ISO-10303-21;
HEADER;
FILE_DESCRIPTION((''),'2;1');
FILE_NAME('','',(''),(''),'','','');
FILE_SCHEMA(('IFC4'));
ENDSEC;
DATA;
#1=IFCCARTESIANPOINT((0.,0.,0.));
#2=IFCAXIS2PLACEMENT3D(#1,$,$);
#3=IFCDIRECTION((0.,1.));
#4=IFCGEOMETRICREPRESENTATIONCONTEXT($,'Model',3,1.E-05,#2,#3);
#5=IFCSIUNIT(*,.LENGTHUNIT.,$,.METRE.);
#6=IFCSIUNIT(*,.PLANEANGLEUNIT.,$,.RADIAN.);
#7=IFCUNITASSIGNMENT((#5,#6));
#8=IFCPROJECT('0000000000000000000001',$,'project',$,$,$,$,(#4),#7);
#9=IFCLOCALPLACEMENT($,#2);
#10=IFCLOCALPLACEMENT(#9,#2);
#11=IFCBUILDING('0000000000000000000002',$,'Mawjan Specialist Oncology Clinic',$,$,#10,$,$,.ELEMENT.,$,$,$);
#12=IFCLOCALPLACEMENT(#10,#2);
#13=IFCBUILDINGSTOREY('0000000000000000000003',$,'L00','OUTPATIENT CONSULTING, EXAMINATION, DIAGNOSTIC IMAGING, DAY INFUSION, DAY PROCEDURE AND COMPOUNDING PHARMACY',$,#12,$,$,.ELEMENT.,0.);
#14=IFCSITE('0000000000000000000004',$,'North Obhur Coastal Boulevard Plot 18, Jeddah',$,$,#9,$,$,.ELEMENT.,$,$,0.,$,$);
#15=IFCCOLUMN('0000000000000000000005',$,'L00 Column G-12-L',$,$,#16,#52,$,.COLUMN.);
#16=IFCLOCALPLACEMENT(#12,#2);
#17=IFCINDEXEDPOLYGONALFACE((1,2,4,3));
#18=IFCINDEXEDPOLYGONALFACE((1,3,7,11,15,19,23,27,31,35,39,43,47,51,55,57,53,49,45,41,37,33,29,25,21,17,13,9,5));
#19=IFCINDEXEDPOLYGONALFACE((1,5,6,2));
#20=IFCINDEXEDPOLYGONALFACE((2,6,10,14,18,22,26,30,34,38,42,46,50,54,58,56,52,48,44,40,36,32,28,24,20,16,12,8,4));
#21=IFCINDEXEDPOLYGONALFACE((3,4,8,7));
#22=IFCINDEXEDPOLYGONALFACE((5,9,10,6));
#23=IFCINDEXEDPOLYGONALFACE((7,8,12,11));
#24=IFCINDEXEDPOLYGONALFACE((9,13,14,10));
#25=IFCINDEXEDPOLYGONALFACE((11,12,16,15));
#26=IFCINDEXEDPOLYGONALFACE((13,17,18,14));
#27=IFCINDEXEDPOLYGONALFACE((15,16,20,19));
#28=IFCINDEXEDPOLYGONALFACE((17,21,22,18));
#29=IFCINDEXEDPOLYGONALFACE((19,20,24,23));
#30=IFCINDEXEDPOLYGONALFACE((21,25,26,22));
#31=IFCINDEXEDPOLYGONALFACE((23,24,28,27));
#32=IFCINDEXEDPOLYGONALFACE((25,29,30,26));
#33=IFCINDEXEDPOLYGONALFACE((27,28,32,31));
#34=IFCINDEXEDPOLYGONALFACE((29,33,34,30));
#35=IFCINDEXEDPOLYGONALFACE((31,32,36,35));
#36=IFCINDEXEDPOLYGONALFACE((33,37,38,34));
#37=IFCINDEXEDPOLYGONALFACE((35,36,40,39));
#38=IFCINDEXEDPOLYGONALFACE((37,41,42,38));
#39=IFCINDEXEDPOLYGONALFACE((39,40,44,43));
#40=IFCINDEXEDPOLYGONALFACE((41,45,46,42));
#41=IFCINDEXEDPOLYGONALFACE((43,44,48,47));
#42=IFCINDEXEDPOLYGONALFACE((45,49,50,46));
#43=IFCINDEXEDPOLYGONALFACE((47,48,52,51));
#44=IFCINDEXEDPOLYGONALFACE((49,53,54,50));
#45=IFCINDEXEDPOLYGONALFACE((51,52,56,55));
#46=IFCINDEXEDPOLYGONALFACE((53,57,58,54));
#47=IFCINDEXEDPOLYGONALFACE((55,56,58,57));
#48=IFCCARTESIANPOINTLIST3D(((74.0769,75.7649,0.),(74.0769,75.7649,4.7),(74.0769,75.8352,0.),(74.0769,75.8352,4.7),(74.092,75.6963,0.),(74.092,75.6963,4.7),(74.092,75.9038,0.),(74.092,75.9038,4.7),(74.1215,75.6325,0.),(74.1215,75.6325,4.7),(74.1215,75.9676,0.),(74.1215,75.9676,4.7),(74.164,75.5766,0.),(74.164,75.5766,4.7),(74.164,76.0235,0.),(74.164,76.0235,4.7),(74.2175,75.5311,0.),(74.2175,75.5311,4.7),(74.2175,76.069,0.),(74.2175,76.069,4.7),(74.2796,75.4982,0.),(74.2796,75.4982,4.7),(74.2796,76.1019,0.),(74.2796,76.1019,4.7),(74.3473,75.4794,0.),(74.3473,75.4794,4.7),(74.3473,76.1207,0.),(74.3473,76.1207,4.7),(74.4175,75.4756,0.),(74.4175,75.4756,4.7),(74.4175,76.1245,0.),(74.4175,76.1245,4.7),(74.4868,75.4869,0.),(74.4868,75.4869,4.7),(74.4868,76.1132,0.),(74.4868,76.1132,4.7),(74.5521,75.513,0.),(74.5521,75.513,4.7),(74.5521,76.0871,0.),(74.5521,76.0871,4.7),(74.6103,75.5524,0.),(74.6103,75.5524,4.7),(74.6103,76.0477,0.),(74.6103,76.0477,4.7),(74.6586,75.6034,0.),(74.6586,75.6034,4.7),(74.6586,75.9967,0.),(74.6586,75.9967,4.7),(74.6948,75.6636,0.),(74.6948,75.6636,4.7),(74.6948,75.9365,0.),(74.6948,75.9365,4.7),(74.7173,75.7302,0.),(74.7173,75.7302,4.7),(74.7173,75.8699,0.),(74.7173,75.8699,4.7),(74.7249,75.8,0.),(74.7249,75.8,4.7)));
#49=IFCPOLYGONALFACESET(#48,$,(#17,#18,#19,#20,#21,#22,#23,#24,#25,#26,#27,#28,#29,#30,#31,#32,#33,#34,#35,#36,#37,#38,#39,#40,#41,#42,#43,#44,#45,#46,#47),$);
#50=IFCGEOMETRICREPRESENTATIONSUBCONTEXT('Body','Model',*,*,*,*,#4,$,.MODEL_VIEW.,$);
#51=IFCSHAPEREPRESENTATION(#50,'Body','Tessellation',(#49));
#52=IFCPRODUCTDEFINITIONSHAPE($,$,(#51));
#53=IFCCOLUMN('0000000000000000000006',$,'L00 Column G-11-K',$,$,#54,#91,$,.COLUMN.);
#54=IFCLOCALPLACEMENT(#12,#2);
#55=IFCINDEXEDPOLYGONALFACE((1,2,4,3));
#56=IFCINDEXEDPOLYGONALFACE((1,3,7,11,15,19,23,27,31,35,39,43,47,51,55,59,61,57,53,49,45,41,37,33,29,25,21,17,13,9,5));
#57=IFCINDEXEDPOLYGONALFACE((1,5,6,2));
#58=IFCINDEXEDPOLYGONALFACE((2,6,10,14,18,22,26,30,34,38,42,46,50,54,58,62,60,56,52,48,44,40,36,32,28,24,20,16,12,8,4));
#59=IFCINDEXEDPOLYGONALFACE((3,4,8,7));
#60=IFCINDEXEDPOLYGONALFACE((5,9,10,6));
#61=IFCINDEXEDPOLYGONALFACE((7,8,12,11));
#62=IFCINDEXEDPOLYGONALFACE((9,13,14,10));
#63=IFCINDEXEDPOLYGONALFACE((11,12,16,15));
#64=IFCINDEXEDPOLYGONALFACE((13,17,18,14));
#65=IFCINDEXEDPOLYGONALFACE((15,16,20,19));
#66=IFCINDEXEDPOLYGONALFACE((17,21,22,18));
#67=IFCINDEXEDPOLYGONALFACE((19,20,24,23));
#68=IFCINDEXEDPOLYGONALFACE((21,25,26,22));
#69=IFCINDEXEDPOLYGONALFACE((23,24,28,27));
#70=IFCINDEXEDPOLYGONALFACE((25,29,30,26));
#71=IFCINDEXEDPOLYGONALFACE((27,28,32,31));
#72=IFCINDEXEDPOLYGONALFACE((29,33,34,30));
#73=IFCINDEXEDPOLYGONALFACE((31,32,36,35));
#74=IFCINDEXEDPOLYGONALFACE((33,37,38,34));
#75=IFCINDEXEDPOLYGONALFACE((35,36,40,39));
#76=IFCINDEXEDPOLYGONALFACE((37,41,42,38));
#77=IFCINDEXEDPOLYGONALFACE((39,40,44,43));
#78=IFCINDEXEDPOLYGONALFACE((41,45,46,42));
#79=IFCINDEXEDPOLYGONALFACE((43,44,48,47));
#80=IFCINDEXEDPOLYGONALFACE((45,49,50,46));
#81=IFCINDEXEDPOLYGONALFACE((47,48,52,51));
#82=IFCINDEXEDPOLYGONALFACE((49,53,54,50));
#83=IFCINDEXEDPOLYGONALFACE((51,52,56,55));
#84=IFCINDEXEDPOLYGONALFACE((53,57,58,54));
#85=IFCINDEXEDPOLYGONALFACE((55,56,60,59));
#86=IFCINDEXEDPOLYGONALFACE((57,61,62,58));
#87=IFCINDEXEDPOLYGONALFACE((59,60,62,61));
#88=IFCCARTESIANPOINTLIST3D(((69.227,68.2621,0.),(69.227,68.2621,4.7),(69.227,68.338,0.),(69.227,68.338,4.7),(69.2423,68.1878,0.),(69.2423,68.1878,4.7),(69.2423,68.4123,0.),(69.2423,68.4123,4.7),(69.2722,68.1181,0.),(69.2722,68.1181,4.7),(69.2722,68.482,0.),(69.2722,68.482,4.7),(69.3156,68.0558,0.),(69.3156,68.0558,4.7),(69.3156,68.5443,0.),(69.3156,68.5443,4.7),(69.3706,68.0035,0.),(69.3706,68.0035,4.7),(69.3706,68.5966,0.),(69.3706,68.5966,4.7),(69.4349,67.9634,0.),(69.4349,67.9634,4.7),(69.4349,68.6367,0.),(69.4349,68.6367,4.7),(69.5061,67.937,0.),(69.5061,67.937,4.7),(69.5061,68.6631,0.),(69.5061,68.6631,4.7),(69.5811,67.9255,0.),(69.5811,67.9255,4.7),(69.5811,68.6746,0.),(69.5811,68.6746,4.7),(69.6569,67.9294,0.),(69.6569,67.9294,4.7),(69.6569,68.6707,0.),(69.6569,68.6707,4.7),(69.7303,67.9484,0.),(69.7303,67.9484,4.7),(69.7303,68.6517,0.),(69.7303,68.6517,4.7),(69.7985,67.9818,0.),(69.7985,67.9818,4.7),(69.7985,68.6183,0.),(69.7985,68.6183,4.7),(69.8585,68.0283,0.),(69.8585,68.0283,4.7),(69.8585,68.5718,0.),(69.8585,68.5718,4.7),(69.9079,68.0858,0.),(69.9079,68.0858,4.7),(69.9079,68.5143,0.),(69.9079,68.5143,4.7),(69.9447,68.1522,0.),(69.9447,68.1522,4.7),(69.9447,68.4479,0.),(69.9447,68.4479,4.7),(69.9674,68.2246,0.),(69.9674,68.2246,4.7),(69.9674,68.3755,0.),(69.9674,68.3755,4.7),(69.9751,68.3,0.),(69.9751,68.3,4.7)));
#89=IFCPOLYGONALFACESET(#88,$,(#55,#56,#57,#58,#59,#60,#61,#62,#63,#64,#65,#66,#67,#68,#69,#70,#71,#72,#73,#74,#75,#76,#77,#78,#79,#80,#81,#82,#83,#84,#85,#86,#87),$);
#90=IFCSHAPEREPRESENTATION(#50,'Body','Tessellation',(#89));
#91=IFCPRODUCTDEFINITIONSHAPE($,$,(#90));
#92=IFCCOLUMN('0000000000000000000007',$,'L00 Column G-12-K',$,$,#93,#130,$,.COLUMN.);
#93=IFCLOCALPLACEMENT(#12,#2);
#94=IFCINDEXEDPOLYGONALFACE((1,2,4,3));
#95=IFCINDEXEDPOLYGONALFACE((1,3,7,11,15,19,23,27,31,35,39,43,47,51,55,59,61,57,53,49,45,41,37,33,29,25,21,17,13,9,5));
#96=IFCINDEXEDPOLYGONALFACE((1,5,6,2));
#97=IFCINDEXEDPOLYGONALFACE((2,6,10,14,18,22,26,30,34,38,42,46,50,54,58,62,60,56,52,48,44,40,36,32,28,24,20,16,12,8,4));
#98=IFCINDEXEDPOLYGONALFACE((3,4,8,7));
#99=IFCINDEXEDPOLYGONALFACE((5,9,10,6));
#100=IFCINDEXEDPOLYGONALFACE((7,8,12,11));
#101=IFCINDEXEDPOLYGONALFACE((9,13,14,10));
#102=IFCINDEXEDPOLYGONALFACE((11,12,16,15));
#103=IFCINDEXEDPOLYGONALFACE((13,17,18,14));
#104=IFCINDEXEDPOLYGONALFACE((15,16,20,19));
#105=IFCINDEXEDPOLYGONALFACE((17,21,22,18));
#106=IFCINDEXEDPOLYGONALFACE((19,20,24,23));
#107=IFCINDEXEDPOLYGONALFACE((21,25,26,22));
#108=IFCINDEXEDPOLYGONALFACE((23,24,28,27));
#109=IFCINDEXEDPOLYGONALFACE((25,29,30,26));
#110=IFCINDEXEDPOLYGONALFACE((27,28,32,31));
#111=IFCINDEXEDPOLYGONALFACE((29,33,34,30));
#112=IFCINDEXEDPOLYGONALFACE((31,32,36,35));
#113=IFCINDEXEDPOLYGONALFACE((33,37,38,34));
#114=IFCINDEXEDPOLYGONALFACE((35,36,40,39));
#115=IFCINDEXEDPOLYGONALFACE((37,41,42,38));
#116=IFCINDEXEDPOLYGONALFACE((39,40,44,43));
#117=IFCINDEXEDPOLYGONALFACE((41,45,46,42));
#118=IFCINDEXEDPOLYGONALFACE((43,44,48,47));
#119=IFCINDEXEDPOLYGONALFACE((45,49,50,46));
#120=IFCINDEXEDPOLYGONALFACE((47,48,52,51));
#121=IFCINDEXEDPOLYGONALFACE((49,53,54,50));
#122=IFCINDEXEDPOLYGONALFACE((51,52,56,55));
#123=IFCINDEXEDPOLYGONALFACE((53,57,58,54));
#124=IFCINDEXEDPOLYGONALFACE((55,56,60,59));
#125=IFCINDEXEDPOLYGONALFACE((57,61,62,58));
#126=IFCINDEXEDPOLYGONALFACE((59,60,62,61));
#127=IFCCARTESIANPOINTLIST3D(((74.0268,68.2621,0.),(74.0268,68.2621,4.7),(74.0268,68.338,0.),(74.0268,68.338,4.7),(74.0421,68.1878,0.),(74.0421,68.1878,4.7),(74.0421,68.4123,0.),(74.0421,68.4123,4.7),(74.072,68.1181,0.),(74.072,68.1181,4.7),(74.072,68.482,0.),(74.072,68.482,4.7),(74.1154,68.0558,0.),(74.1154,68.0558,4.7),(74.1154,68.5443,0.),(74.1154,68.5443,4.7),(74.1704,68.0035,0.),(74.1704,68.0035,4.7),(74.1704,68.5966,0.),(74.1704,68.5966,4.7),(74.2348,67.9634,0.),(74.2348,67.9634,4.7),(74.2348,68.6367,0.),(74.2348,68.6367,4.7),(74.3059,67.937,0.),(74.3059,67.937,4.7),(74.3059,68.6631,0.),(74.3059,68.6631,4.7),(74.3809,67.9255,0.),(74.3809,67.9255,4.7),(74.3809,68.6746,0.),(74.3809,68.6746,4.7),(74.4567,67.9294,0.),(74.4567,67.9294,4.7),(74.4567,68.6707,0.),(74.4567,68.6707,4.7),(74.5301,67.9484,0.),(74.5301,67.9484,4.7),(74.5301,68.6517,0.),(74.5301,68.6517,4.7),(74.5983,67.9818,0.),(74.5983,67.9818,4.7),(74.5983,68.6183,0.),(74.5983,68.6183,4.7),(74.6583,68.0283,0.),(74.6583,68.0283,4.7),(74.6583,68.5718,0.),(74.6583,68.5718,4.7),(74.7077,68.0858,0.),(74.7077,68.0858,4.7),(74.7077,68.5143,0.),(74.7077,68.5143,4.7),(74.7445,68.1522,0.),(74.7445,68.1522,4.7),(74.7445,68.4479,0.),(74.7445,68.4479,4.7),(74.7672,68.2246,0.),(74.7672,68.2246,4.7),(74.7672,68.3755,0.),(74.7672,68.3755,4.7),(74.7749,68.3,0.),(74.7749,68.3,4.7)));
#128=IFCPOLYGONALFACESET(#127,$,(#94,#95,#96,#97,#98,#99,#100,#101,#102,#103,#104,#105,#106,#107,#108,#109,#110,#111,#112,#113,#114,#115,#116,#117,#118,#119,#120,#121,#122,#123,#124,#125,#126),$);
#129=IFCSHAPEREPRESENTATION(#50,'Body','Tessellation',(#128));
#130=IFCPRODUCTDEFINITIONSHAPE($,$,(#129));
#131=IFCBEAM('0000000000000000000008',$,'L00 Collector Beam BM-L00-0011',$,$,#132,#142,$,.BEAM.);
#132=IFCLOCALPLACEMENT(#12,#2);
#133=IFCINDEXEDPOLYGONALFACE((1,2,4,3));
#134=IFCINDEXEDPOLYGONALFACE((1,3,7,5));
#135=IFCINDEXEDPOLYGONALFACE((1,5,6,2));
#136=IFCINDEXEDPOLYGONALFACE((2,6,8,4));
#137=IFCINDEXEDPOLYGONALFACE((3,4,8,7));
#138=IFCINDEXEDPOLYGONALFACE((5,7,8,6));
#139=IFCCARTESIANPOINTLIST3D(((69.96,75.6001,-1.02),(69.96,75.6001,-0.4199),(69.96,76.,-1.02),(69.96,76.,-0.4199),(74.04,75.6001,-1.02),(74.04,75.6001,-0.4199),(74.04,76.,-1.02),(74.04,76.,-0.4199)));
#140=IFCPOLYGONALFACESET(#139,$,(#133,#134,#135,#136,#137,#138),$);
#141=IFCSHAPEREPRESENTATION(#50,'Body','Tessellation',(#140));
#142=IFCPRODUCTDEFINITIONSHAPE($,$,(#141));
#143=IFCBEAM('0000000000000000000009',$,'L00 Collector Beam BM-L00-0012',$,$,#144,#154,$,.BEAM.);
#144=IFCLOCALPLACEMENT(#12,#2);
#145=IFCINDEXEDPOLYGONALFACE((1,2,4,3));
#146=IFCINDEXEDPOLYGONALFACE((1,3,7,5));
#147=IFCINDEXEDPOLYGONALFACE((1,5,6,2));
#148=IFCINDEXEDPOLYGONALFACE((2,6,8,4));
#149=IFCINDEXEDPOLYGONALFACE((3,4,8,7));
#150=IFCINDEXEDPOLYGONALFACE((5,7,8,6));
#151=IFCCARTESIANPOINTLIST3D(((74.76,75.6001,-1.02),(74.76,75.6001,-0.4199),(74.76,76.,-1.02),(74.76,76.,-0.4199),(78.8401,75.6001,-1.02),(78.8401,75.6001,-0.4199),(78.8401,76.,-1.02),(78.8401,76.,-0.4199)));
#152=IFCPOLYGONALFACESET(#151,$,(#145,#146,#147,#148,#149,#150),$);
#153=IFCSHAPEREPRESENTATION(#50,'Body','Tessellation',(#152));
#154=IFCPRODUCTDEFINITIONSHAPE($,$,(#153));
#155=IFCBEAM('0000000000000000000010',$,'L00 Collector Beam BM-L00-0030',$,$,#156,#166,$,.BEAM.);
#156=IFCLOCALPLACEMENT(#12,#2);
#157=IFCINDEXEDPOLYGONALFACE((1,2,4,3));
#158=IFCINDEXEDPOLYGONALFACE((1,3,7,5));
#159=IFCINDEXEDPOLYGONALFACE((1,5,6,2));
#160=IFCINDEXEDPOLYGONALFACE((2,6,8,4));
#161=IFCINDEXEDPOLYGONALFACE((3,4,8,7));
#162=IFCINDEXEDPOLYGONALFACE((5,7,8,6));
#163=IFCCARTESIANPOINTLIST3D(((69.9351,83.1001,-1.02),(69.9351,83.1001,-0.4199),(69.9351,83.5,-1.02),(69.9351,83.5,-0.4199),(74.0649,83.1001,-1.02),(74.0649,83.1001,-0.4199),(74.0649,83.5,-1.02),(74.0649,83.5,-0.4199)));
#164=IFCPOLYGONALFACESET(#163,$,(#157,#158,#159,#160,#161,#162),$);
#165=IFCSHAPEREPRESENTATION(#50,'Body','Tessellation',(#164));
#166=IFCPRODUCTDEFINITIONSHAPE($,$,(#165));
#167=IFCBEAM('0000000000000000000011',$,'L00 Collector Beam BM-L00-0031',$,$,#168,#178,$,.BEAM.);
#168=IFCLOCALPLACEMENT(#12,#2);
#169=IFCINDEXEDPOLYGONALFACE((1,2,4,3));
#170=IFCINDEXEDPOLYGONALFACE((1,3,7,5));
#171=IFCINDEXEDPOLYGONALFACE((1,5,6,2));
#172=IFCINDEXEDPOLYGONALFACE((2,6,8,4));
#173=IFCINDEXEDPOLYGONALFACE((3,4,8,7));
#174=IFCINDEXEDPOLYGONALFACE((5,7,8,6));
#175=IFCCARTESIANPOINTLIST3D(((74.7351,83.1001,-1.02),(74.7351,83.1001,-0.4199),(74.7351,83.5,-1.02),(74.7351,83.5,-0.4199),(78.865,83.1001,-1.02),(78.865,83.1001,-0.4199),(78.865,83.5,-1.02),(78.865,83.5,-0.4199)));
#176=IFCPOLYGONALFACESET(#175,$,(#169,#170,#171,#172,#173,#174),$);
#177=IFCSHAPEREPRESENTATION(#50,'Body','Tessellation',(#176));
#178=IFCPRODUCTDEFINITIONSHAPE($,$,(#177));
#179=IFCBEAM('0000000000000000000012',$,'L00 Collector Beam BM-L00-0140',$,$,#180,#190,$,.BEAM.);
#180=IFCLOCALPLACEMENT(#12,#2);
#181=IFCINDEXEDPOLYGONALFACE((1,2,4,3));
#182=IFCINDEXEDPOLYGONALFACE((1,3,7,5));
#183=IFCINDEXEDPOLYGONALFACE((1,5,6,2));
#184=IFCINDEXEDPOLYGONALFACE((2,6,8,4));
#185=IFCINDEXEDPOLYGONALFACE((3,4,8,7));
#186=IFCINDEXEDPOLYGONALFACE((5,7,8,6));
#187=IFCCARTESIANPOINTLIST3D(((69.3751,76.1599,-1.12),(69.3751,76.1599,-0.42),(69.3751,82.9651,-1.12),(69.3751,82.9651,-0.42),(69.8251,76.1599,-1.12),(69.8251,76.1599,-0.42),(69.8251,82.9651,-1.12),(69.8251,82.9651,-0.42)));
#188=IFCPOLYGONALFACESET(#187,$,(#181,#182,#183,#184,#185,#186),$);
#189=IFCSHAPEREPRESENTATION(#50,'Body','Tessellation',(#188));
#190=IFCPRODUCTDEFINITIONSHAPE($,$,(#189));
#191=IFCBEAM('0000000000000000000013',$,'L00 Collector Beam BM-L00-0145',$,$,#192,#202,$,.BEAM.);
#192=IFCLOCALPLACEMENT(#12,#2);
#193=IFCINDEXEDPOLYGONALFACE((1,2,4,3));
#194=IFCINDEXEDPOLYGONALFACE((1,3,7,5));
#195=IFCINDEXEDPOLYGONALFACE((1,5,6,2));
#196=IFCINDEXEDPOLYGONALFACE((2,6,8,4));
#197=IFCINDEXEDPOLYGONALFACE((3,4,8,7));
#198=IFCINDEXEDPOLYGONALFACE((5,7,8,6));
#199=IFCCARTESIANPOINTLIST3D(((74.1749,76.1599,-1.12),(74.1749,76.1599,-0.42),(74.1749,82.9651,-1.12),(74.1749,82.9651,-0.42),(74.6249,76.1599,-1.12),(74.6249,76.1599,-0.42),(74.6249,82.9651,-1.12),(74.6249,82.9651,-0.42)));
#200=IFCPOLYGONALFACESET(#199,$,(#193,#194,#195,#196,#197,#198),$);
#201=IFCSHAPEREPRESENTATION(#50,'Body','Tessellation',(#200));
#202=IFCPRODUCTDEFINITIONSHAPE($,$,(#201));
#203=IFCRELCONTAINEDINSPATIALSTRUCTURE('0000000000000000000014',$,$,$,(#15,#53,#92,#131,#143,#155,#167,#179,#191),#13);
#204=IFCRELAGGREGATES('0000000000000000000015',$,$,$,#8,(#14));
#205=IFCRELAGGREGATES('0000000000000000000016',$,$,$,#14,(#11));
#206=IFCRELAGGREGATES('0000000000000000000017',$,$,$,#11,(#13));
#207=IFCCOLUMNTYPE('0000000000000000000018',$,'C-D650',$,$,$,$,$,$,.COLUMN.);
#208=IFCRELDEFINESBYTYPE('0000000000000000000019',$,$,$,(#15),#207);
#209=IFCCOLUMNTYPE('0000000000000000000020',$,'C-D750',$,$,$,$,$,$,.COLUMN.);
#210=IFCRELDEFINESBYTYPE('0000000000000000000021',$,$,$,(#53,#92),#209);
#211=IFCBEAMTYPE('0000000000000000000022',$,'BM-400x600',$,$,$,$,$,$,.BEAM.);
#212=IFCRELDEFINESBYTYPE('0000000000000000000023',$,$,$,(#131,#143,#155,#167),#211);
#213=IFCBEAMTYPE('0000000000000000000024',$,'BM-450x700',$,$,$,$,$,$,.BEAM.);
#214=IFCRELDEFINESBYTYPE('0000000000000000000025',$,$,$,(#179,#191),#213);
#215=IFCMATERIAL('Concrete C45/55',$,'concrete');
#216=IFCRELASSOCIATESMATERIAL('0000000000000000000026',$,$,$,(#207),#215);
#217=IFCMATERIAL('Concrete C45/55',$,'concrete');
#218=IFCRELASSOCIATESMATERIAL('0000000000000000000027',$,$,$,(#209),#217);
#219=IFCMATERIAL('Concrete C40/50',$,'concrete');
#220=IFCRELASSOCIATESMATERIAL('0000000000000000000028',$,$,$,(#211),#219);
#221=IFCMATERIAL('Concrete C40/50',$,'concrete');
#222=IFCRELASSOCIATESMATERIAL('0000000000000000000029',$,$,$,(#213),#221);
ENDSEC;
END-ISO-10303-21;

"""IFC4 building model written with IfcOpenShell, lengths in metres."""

from ifc_helpers import new_model, si_unit, direction, frame, origin, origin_2d, place, context, subcontext, project, spatial, rectangle, circle, extrude, material, material_profile, profile_set, type_object, element, save


model = new_model("IFC4")

# Units and contexts
model_context = context("Model", 3, precision=1e-05, world=origin(), true_north=direction((0.0, 1.0)))
body_context = subcontext(model_context, "Body", "Model", "MODEL_VIEW")
ifc_project = project(units=[si_unit("LENGTHUNIT", "METRE"), si_unit("PLANEANGLEUNIT", "RADIAN")], contexts=[model_context])

# Site, building, storey
site_placement = place(None, origin())
site = spatial("IfcSite", under=ifc_project, at=site_placement, Name="North Obhur Coastal Boulevard Plot 18, Jeddah", CompositionType="ELEMENT", RefElevation=0.0)
building_placement = place(site_placement, origin())
building = spatial("IfcBuilding", under=site, at=building_placement, Name="Mawjan Specialist Oncology Clinic", CompositionType="ELEMENT")
storey_placement = place(building_placement, origin())
storey = spatial("IfcBuildingStorey", under=building, at=storey_placement, Name="L00", Description="OUTPATIENT CONSULTING, EXAMINATION, DIAGNOSTIC IMAGING, DAY INFUSION, DAY PROCEDURE AND COMPOUNDING PHARMACY", CompositionType="ELEMENT", Elevation=0.0)

# Columns
ifc_material_1 = material(Name="Concrete C45/55", Category="concrete")
ifc_material_profile_1 = material_profile(ifc_material_1, circle(Radius=0.325, at=origin_2d()), Name="RC COL D650", Category="concrete")
ifc_profile_set_1 = profile_set([ifc_material_profile_1], Name="Concrete C45/55")
column_type_1 = type_object("IfcColumnType", Name="C-D650", PredefinedType="COLUMN", material=ifc_profile_set_1)
for number, where, z_axis, x_axis, name in (
    (1, (74.3999, 75.8, 0.0), (0.0, 0.0, 1.0), (1.0, 0.0, 0.0), "L00 Column G-12-L"),
):
    element("IfcColumn", number, at=place(storey_placement, frame(where, z_axis=z_axis, x_axis=x_axis)), inside=storey, type_object=column_type_1, Name=name, PredefinedType="COLUMN", context=body_context, shape_type="SweptSolid", body=[
        extrude(circle(Radius=0.325, at=origin_2d()), origin(), (0.0, 0.0, 1.0), 4.7),
    ])
ifc_material_2 = material(Name="Concrete C45/55", Category="concrete")
ifc_material_profile_2 = material_profile(ifc_material_2, circle(Radius=0.375, at=origin_2d()), Name="RC COL D750", Category="concrete")
ifc_profile_set_2 = profile_set([ifc_material_profile_2], Name="Concrete C45/55")
column_type_2 = type_object("IfcColumnType", Name="C-D750", PredefinedType="COLUMN", material=ifc_profile_set_2)
for number, where, z_axis, x_axis, name in (
    (2, (69.6001, 68.3, 0.0), (0.0, 0.0, 1.0), (1.0, 0.0, 0.0), "L00 Column G-11-K"),
    (3, (74.3999, 68.3, 0.0), (0.0, 0.0, 1.0), (1.0, 0.0, 0.0), "L00 Column G-12-K"),
):
    element("IfcColumn", number, at=place(storey_placement, frame(where, z_axis=z_axis, x_axis=x_axis)), inside=storey, type_object=column_type_2, Name=name, PredefinedType="COLUMN", context=body_context, shape_type="SweptSolid", body=[
        extrude(circle(Radius=0.375, at=origin_2d()), origin(), (0.0, 0.0, 1.0), 4.7),
    ])

# Beams
ifc_material_3 = material(Name="Concrete C40/50", Category="concrete")
ifc_material_profile_3 = material_profile(ifc_material_3, rectangle(XDim=0.3999, YDim=0.6001, at=origin_2d()), Name="RC BM 400x600", Category="concrete")
ifc_profile_set_3 = profile_set([ifc_material_profile_3], Name="Concrete C40/50")
beam_type_1 = type_object("IfcBeamType", Name="BM-400x600", PredefinedType="BEAM", material=ifc_profile_set_3)
for number, where, z_axis, x_axis, name in (
    (4, (69.96, 75.8, -0.72), (1.0, 0.0, 0.0), (0.0, 1.0, 0.0), "L00 Collector Beam BM-L00-0011"),
    (5, (74.76, 75.8, -0.72), (1.0, 0.0, 0.0), (0.0, 1.0, 0.0), "L00 Collector Beam BM-L00-0012"),
):
    element("IfcBeam", number, at=place(storey_placement, frame(where, z_axis=z_axis, x_axis=x_axis)), inside=storey, type_object=beam_type_1, Name=name, PredefinedType="BEAM", context=body_context, shape_type="SweptSolid", body=[
        extrude(rectangle(XDim=0.3999, YDim=0.6001, at=origin_2d()), origin(), (0.0, 0.0, 1.0), 4.0801),
    ])
for number, where, z_axis, x_axis, name in (
    (6, (69.9351, 83.3, -0.72), (1.0, 0.0, 0.0), (0.0, 1.0, 0.0), "L00 Collector Beam BM-L00-0030"),
    (7, (74.7351, 83.3, -0.72), (1.0, 0.0, 0.0), (0.0, 1.0, 0.0), "L00 Collector Beam BM-L00-0031"),
):
    element("IfcBeam", number, at=place(storey_placement, frame(where, z_axis=z_axis, x_axis=x_axis)), inside=storey, type_object=beam_type_1, Name=name, PredefinedType="BEAM", context=body_context, shape_type="SweptSolid", body=[
        extrude(rectangle(XDim=0.3999, YDim=0.6001, at=origin_2d()), origin(), (0.0, 0.0, 1.0), 4.1299),
    ])
ifc_material_4 = material(Name="Concrete C40/50", Category="concrete")
ifc_material_profile_4 = material_profile(ifc_material_4, rectangle(XDim=0.45, YDim=0.7, at=origin_2d()), Name="RC BM 450x700", Category="concrete")
ifc_profile_set_4 = profile_set([ifc_material_profile_4], Name="Concrete C40/50")
beam_type_2 = type_object("IfcBeamType", Name="BM-450x700", PredefinedType="BEAM", material=ifc_profile_set_4)
for number, where, z_axis, x_axis, name in (
    (8, (69.6001, 76.1599, -0.77), (0.0, 1.0, 0.0), (-1.0, 0.0, 0.0), "L00 Collector Beam BM-L00-0140"),
    (9, (74.3999, 76.1599, -0.77), (0.0, 1.0, 0.0), (-1.0, 0.0, 0.0), "L00 Collector Beam BM-L00-0145"),
):
    element("IfcBeam", number, at=place(storey_placement, frame(where, z_axis=z_axis, x_axis=x_axis)), inside=storey, type_object=beam_type_2, Name=name, PredefinedType="BEAM", context=body_context, shape_type="SweptSolid", body=[
        extrude(rectangle(XDim=0.45, YDim=0.7, at=origin_2d()), origin(), (0.0, 0.0, 1.0), 6.8052),
    ])

save(model, "model.ifc")
